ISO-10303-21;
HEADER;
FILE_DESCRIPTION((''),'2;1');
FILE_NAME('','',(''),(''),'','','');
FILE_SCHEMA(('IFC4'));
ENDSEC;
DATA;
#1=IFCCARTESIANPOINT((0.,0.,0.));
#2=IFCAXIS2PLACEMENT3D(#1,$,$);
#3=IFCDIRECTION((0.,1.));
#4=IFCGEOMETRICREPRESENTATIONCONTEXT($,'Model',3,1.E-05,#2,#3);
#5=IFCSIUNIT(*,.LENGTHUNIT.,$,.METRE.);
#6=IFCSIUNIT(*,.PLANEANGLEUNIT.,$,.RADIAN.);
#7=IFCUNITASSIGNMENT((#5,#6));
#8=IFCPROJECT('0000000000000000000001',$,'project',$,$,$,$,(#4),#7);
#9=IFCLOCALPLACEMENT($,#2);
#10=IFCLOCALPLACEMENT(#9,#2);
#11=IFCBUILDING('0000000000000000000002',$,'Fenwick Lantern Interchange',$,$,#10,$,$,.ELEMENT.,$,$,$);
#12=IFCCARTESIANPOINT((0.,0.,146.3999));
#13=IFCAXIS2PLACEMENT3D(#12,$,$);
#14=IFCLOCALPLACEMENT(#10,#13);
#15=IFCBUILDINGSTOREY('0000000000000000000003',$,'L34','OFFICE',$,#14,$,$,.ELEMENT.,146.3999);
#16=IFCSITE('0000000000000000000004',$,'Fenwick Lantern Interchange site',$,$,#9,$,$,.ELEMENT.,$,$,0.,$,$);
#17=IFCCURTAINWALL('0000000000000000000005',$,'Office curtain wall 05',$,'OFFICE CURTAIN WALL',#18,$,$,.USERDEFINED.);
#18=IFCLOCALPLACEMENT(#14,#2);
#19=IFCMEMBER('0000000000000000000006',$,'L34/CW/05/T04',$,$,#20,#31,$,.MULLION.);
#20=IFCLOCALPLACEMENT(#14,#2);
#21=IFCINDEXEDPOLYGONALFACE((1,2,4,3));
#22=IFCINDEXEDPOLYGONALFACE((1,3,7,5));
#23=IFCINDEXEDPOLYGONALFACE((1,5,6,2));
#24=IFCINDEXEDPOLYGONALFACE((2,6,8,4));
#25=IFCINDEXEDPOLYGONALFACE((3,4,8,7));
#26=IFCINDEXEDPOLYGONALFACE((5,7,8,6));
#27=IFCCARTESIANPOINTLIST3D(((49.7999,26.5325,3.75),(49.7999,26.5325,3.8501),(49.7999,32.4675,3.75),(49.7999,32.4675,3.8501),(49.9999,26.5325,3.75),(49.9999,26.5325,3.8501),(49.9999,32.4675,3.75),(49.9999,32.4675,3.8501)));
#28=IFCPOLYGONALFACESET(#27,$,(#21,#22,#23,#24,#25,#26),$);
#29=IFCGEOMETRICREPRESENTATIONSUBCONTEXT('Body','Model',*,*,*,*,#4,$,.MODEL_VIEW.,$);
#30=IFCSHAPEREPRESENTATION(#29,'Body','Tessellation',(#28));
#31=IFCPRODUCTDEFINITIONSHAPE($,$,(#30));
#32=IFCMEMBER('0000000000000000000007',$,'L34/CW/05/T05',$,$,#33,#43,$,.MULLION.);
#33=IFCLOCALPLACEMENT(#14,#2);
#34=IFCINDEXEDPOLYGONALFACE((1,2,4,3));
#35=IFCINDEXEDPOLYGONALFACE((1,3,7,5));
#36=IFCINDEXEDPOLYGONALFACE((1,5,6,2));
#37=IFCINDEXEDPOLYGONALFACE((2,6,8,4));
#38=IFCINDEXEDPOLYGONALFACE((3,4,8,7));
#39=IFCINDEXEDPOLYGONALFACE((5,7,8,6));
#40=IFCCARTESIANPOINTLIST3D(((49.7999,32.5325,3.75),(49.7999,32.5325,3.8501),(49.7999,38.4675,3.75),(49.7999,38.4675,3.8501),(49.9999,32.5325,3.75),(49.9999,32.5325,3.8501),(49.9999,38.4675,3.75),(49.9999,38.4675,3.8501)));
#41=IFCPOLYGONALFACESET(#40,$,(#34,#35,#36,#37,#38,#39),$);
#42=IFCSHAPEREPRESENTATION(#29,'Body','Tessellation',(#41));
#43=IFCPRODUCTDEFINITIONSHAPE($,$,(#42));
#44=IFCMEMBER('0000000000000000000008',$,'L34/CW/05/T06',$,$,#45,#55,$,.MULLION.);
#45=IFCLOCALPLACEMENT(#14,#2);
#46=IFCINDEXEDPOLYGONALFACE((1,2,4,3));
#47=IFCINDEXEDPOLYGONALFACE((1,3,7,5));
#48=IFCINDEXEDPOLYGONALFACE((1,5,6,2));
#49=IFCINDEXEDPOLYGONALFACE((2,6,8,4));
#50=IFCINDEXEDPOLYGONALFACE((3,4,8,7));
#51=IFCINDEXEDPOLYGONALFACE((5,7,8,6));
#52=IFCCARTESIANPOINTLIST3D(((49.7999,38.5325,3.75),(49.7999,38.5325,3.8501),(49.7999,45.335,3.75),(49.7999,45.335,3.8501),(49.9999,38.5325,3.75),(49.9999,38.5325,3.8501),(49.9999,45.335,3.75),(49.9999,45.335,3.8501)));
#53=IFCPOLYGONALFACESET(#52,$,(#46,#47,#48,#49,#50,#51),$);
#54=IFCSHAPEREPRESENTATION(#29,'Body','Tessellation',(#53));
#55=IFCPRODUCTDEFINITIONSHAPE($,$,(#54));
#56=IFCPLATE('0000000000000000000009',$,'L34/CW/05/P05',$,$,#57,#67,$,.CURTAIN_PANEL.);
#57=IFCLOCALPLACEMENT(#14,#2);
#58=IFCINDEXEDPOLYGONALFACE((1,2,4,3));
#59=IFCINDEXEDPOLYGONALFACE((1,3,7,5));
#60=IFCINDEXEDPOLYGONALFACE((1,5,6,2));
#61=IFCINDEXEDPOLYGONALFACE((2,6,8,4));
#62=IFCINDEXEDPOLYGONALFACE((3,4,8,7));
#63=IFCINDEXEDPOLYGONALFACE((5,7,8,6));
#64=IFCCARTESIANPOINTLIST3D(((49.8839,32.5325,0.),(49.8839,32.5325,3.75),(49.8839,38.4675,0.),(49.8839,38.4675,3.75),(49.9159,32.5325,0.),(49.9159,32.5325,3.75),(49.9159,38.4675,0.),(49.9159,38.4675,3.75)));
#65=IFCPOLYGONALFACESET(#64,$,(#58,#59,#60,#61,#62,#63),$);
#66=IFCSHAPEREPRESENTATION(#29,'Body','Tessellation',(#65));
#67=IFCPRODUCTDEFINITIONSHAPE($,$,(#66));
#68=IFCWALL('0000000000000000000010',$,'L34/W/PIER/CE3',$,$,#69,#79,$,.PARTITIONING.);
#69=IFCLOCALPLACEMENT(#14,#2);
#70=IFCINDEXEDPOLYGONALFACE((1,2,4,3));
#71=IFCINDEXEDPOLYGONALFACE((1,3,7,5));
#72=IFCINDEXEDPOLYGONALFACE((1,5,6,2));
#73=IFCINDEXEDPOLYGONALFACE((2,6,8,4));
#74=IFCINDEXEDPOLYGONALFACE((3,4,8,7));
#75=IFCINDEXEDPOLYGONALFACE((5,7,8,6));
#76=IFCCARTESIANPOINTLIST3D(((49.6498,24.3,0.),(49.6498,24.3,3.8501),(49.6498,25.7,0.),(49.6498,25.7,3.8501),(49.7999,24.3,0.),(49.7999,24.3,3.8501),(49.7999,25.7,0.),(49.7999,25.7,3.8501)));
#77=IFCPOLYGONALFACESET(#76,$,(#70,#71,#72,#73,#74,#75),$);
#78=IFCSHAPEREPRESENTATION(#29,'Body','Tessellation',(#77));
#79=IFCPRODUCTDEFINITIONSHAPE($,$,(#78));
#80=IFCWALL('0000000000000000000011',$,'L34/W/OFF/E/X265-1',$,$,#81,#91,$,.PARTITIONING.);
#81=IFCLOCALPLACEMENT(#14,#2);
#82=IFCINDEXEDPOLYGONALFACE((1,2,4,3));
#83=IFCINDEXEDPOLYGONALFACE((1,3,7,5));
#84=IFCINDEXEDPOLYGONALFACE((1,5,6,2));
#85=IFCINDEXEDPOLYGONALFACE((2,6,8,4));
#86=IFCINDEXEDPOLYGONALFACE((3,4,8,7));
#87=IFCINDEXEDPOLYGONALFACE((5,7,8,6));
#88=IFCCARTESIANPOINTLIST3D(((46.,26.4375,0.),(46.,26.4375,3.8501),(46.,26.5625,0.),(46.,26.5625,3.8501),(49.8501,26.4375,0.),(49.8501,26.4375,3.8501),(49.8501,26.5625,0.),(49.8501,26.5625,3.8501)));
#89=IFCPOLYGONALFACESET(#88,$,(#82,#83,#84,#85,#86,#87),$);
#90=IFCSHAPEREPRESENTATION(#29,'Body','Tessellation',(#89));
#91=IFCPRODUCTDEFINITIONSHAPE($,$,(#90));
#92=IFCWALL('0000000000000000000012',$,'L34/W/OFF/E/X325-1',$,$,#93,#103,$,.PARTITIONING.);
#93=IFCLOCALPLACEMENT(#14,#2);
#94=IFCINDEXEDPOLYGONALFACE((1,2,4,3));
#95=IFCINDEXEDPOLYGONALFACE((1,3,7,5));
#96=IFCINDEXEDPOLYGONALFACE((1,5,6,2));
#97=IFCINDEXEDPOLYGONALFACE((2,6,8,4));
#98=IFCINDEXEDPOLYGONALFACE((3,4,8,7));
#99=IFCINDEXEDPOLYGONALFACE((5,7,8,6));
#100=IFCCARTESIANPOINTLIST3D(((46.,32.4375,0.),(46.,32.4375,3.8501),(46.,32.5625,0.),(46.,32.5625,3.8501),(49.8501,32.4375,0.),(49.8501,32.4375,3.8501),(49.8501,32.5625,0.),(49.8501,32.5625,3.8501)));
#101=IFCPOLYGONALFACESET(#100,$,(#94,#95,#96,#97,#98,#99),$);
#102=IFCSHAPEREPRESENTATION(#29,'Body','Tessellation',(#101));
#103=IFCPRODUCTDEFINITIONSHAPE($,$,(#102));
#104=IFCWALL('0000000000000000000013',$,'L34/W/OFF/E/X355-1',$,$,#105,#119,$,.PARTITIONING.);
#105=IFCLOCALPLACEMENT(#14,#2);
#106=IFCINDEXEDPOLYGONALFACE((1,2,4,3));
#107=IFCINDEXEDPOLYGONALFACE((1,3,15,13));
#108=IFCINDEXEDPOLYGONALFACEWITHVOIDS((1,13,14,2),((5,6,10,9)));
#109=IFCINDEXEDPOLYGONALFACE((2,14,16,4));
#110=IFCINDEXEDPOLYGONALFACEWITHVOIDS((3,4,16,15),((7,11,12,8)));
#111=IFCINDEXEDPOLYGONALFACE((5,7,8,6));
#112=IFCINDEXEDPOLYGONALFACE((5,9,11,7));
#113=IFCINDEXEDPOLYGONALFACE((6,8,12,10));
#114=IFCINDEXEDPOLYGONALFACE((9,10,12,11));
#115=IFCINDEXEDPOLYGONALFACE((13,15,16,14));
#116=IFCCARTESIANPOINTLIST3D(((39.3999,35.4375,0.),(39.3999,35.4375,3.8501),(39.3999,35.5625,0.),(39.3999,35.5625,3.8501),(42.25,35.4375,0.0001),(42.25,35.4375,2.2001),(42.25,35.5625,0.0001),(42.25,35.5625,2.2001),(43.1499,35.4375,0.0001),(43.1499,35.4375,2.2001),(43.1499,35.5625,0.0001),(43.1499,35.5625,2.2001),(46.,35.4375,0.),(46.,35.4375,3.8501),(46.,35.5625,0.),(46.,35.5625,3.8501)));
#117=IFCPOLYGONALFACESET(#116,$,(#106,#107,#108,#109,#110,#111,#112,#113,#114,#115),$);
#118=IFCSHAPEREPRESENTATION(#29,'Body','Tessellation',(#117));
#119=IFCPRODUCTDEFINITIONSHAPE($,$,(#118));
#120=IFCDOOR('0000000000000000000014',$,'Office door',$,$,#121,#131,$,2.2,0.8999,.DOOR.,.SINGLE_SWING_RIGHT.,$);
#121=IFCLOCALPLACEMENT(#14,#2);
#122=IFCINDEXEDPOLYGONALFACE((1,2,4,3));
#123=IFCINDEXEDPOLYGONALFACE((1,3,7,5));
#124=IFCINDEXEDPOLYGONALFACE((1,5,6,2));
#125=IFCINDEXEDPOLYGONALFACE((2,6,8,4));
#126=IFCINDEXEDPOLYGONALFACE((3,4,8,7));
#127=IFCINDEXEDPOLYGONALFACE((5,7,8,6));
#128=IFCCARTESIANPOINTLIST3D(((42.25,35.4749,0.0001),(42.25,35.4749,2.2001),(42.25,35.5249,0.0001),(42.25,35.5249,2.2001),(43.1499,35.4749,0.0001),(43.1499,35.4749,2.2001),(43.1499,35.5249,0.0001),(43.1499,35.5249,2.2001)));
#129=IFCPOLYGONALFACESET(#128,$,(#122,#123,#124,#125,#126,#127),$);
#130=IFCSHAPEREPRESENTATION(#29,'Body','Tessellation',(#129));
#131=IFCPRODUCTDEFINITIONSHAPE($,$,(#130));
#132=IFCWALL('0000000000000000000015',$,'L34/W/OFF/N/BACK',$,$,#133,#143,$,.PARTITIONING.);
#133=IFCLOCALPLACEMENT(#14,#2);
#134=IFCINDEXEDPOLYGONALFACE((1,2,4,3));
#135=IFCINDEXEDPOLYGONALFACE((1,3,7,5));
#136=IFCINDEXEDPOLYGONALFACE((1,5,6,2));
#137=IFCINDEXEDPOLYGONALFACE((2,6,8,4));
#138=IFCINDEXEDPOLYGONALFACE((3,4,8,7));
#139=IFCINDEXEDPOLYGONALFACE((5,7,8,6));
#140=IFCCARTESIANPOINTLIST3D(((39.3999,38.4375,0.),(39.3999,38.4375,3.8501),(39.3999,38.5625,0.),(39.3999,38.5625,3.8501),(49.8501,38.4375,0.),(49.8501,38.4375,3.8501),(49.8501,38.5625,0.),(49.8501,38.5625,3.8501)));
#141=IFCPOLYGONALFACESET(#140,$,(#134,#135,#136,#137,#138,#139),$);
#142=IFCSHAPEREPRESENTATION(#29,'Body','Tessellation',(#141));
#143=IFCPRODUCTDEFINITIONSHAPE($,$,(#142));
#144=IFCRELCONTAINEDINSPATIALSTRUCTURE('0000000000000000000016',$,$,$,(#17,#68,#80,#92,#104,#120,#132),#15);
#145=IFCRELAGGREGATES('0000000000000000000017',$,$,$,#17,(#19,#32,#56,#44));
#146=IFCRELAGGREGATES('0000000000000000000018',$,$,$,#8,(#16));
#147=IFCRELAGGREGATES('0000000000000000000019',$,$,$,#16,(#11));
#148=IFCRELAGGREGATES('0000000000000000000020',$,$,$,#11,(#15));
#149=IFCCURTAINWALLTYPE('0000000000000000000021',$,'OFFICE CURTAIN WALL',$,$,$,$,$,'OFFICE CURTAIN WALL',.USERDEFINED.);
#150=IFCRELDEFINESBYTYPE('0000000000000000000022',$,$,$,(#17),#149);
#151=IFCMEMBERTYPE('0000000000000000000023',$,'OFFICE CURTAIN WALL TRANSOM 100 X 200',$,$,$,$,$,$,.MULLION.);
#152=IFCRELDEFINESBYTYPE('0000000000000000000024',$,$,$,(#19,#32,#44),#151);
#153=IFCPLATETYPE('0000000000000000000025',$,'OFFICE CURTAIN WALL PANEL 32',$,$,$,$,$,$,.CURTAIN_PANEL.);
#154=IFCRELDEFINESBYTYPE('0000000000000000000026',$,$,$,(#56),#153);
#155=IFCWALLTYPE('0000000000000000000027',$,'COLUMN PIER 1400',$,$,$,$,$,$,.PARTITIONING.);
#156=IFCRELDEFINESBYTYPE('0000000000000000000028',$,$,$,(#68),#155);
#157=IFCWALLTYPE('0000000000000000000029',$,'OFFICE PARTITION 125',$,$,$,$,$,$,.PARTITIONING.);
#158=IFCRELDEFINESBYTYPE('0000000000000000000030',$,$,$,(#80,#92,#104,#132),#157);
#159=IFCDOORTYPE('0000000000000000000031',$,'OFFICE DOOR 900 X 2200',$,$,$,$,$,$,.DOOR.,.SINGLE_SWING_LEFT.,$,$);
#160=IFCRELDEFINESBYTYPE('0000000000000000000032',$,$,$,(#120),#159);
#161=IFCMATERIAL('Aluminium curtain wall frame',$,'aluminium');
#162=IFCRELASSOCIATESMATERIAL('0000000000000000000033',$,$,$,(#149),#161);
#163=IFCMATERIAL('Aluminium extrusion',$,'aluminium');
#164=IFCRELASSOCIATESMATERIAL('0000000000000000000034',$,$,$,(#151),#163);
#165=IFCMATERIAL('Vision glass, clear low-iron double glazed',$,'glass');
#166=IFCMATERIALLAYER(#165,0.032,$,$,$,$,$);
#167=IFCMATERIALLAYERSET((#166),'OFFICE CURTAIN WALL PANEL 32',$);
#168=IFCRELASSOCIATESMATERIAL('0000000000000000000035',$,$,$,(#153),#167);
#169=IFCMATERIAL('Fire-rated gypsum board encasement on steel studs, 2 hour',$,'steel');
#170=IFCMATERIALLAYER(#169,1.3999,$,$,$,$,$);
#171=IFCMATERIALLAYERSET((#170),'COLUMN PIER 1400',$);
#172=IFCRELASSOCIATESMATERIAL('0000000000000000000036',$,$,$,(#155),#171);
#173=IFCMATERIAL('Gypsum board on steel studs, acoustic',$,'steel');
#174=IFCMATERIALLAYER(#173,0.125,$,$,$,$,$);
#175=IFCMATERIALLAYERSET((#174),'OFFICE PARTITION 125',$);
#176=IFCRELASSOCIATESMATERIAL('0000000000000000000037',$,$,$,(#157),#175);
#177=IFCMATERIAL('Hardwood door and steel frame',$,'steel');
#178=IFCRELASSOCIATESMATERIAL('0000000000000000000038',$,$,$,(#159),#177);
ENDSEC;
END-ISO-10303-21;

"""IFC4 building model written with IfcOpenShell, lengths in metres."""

from ifc_helpers import new_model, si_unit, direction, frame, frame_2d, origin, origin_2d, place, context, subcontext, project, spatial, rectangle, extrude, material, layer, layer_set, material_profile, profile_set, type_object, element, fill, aggregate, save


model = new_model("IFC4")

# Units and contexts
model_context = context("Model", 3, precision=1e-05, world=origin(), true_north=direction((0.0, 1.0)))
body_context = subcontext(model_context, "Body", "Model", "MODEL_VIEW")
ifc_project = project(units=[si_unit("LENGTHUNIT", "METRE"), si_unit("PLANEANGLEUNIT", "RADIAN")], contexts=[model_context])

# Site, building, storey
site_placement = place(None, origin())
site = spatial("IfcSite", under=ifc_project, at=site_placement, Name="Fenwick Lantern Interchange site", CompositionType="ELEMENT", RefElevation=0.0)
building_placement = place(site_placement, origin())
building = spatial("IfcBuilding", under=site, at=building_placement, Name="Fenwick Lantern Interchange", CompositionType="ELEMENT")
storey_placement = place(building_placement, frame((0.0, 0.0, 146.3999)))
storey = spatial("IfcBuildingStorey", under=building, at=storey_placement, Name="L34", Description="OFFICE", CompositionType="ELEMENT", Elevation=146.3999)

# Curtain wall
ifc_material_1 = material(Name="Aluminium curtain wall frame", Category="aluminium")
curtain_wall_type = type_object("IfcCurtainWallType", Name="OFFICE CURTAIN WALL", ElementType="OFFICE CURTAIN WALL", PredefinedType="USERDEFINED", material=ifc_material_1)
curtain_wall_1_placement = place(storey_placement, origin())
curtain_wall_1 = element("IfcCurtainWall", 1, at=curtain_wall_1_placement, inside=storey, type_object=curtain_wall_type, Name="Office curtain wall 05", ObjectType="OFFICE CURTAIN WALL", PredefinedType="USERDEFINED")
ifc_material_2 = material(Name="Aluminium extrusion", Category="aluminium")

# Members
ifc_material_profile_1 = material_profile(ifc_material_2, rectangle(XDim=0.2, YDim=0.1001, at=origin_2d()), Name="OFFICE CURTAIN WALL TRANSOM 100 X 200")
ifc_profile_set_1 = profile_set([ifc_material_profile_1], Name="Aluminium extrusion")
member_type_1 = type_object("IfcMemberType", Name="OFFICE CURTAIN WALL TRANSOM 100 X 200", PredefinedType="MULLION", material=ifc_profile_set_1)
member_1_placement = place(storey_placement, frame((49.8999, 26.5325, 3.8), z_axis=(0.0, 1.0, 0.0), x_axis=(-1.0, 0.0, 0.0)))
member_1 = element("IfcMember", 2, at=member_1_placement, type_object=member_type_1, Name="L34/CW/05/T04", PredefinedType="MULLION", context=body_context, shape_type="SweptSolid", body=[
    extrude(rectangle(XDim=0.2, YDim=0.1001, at=origin_2d()), origin(), (0.0, 0.0, 1.0), 5.9351),
])
member_2_placement = place(storey_placement, frame((49.8999, 32.5325, 3.8), z_axis=(0.0, 1.0, 0.0), x_axis=(-1.0, 0.0, 0.0)))
member_2 = element("IfcMember", 3, at=member_2_placement, type_object=member_type_1, Name="L34/CW/05/T05", PredefinedType="MULLION", context=body_context, shape_type="SweptSolid", body=[
    extrude(rectangle(XDim=0.2, YDim=0.1001, at=origin_2d()), origin(), (0.0, 0.0, 1.0), 5.9351),
])
member_3_placement = place(storey_placement, frame((49.8999, 38.5325, 3.8), z_axis=(0.0, 1.0, 0.0), x_axis=(-1.0, 0.0, 0.0)))
member_3 = element("IfcMember", 4, at=member_3_placement, type_object=member_type_1, Name="L34/CW/05/T06", PredefinedType="MULLION", context=body_context, shape_type="SweptSolid", body=[
    extrude(rectangle(XDim=0.2, YDim=0.1001, at=origin_2d()), origin(), (0.0, 0.0, 1.0), 6.8025),
])

# Plate
ifc_material_3 = material(Name="Vision glass, clear low-iron double glazed", Category="glass")
ifc_layer_1 = layer(ifc_material_3, 0.032)
ifc_layer_set_1 = layer_set([ifc_layer_1], Name="OFFICE CURTAIN WALL PANEL 32")
plate_type = type_object("IfcPlateType", Name="OFFICE CURTAIN WALL PANEL 32", PredefinedType="CURTAIN_PANEL", material=ifc_layer_set_1)
plate_placement = place(storey_placement, frame((49.8999, 35.5, 0.0), z_axis=(0.0, 0.0, 1.0), x_axis=(0.0, 1.0, 0.0)))
plate = element("IfcPlate", 5, at=plate_placement, type_object=plate_type, Name="L34/CW/05/P05", PredefinedType="CURTAIN_PANEL", context=body_context, shape_type="SweptSolid", body=[
    extrude(rectangle(XDim=5.9351, YDim=0.032, at=origin_2d()), origin(), (0.0, 0.0, 1.0), 3.75),
])
aggregate(curtain_wall_1, [member_1, member_2, plate, member_3])

# Walls
ifc_material_4 = material(Name="Fire-rated gypsum board encasement on steel studs, 2 hour", Category="steel")
ifc_layer_2 = layer(ifc_material_4, 1.3999)
ifc_layer_set_2 = layer_set([ifc_layer_2], Name="COLUMN PIER 1400")
wall_type_1 = type_object("IfcWallType", Name="COLUMN PIER 1400", PredefinedType="PARTITIONING", material=ifc_layer_set_2)
wall_1_placement = place(storey_placement, frame((49.8, 25.0, 0.0), z_axis=(0.0, 0.0, 1.0), x_axis=(-1.0, 0.0, 0.0)))
element("IfcWall", 6, at=wall_1_placement, inside=storey, type_object=wall_type_1, Name="L34/W/PIER/CE3", PredefinedType="PARTITIONING", context=body_context, shape_type="SweptSolid", body=[
    extrude(rectangle(XDim=0.1501, YDim=1.3999, at=frame_2d((0.0752, 0.0))), origin(), (0.0, 0.0, 1.0), 3.8501),
])
ifc_material_5 = material(Name="Gypsum board on steel studs, acoustic", Category="steel")
ifc_layer_3 = layer(ifc_material_5, 0.125)
ifc_layer_set_3 = layer_set([ifc_layer_3], Name="OFFICE PARTITION 125")
wall_type_2 = type_object("IfcWallType", Name="OFFICE PARTITION 125", PredefinedType="PARTITIONING", material=ifc_layer_set_3)
for number, where, z_axis, x_axis, name in (
    (7, (49.8501, 26.5, 0.0), (0.0, 0.0, 1.0), (-1.0, 0.0, 0.0), "L34/W/OFF/E/X265-1"),
    (8, (49.8501, 32.5, 0.0), (0.0, 0.0, 1.0), (-1.0, 0.0, 0.0), "L34/W/OFF/E/X325-1"),
):
    element("IfcWall", number, at=place(storey_placement, frame(where, z_axis=z_axis, x_axis=x_axis)), inside=storey, type_object=wall_type_2, Name=name, PredefinedType="PARTITIONING", context=body_context, shape_type="SweptSolid", body=[
        extrude(rectangle(XDim=3.8501, YDim=0.125, at=frame_2d((1.925, 0.0))), origin(), (0.0, 0.0, 1.0), 3.8501),
    ])

# Wall, opening, door
wall_2_placement = place(storey_placement, frame((46.0, 35.5, 0.0), z_axis=(0.0, 0.0, 1.0), x_axis=(-1.0, 0.0, 0.0)))
wall_2 = element("IfcWall", 9, at=wall_2_placement, inside=storey, type_object=wall_type_2, Name="L34/W/OFF/E/X355-1", PredefinedType="PARTITIONING", context=body_context, shape_type="SweptSolid", body=[
    extrude(rectangle(XDim=6.6001, YDim=0.125, at=frame_2d((3.3, 0.0))), origin(), (0.0, 0.0, 1.0), 3.8501),
])
opening_placement = place(wall_2_placement, frame((2.8501, 0.0, 0.0)))
opening = element("IfcOpeningElement", 10, at=opening_placement, cuts=wall_2, PredefinedType="OPENING", context=body_context, shape_type="SweptSolid", body=[
    extrude(rectangle(XDim=0.8999, YDim=2.2, at=frame_2d((0.45, 1.1001))), frame((0.0, 0.0725, 0.0), z_axis=(0.0, -1.0, 0.0), x_axis=(1.0, 0.0, 0.0)), (0.0, 0.0, 1.0), 0.145),
])
ifc_material_6 = material(Name="Hardwood door and steel frame", Category="steel")
door_type = type_object("IfcDoorType", Name="OFFICE DOOR 900 X 2200", OperationType="SINGLE_SWING_LEFT", PredefinedType="DOOR", material=ifc_material_6)
door_placement = place(opening_placement, frame((0.8999, 0.0, 0.0), z_axis=(0.0, 0.0, 1.0), x_axis=(-1.0, 0.0, 0.0)))
door = element("IfcDoor", 11, at=door_placement, inside=storey, type_object=door_type, Name="Office door", OperationType="SINGLE_SWING_RIGHT", OverallHeight=2.2, OverallWidth=0.8999, PredefinedType="DOOR", context=body_context, shape_type="SweptSolid", body=[
    extrude(rectangle(XDim=0.8999, YDim=2.2, at=frame_2d((0.45, 1.1001))), frame((0.0, 0.0249, 0.0), z_axis=(0.0, -1.0, 0.0), x_axis=(1.0, 0.0, 0.0)), (0.0, 0.0, 1.0), 0.05),
])
fill(opening, door)

# Wall
wall_3_placement = place(storey_placement, frame((49.8501, 38.5, 0.0), z_axis=(0.0, 0.0, 1.0), x_axis=(-1.0, 0.0, 0.0)))
element("IfcWall", 12, at=wall_3_placement, inside=storey, type_object=wall_type_2, Name="L34/W/OFF/N/BACK", PredefinedType="PARTITIONING", context=body_context, shape_type="SweptSolid", body=[
    extrude(rectangle(XDim=10.4502, YDim=0.125, at=frame_2d((5.2251, 0.0))), origin(), (0.0, 0.0, 1.0), 3.8501),
])

save(model, "model.ifc")
